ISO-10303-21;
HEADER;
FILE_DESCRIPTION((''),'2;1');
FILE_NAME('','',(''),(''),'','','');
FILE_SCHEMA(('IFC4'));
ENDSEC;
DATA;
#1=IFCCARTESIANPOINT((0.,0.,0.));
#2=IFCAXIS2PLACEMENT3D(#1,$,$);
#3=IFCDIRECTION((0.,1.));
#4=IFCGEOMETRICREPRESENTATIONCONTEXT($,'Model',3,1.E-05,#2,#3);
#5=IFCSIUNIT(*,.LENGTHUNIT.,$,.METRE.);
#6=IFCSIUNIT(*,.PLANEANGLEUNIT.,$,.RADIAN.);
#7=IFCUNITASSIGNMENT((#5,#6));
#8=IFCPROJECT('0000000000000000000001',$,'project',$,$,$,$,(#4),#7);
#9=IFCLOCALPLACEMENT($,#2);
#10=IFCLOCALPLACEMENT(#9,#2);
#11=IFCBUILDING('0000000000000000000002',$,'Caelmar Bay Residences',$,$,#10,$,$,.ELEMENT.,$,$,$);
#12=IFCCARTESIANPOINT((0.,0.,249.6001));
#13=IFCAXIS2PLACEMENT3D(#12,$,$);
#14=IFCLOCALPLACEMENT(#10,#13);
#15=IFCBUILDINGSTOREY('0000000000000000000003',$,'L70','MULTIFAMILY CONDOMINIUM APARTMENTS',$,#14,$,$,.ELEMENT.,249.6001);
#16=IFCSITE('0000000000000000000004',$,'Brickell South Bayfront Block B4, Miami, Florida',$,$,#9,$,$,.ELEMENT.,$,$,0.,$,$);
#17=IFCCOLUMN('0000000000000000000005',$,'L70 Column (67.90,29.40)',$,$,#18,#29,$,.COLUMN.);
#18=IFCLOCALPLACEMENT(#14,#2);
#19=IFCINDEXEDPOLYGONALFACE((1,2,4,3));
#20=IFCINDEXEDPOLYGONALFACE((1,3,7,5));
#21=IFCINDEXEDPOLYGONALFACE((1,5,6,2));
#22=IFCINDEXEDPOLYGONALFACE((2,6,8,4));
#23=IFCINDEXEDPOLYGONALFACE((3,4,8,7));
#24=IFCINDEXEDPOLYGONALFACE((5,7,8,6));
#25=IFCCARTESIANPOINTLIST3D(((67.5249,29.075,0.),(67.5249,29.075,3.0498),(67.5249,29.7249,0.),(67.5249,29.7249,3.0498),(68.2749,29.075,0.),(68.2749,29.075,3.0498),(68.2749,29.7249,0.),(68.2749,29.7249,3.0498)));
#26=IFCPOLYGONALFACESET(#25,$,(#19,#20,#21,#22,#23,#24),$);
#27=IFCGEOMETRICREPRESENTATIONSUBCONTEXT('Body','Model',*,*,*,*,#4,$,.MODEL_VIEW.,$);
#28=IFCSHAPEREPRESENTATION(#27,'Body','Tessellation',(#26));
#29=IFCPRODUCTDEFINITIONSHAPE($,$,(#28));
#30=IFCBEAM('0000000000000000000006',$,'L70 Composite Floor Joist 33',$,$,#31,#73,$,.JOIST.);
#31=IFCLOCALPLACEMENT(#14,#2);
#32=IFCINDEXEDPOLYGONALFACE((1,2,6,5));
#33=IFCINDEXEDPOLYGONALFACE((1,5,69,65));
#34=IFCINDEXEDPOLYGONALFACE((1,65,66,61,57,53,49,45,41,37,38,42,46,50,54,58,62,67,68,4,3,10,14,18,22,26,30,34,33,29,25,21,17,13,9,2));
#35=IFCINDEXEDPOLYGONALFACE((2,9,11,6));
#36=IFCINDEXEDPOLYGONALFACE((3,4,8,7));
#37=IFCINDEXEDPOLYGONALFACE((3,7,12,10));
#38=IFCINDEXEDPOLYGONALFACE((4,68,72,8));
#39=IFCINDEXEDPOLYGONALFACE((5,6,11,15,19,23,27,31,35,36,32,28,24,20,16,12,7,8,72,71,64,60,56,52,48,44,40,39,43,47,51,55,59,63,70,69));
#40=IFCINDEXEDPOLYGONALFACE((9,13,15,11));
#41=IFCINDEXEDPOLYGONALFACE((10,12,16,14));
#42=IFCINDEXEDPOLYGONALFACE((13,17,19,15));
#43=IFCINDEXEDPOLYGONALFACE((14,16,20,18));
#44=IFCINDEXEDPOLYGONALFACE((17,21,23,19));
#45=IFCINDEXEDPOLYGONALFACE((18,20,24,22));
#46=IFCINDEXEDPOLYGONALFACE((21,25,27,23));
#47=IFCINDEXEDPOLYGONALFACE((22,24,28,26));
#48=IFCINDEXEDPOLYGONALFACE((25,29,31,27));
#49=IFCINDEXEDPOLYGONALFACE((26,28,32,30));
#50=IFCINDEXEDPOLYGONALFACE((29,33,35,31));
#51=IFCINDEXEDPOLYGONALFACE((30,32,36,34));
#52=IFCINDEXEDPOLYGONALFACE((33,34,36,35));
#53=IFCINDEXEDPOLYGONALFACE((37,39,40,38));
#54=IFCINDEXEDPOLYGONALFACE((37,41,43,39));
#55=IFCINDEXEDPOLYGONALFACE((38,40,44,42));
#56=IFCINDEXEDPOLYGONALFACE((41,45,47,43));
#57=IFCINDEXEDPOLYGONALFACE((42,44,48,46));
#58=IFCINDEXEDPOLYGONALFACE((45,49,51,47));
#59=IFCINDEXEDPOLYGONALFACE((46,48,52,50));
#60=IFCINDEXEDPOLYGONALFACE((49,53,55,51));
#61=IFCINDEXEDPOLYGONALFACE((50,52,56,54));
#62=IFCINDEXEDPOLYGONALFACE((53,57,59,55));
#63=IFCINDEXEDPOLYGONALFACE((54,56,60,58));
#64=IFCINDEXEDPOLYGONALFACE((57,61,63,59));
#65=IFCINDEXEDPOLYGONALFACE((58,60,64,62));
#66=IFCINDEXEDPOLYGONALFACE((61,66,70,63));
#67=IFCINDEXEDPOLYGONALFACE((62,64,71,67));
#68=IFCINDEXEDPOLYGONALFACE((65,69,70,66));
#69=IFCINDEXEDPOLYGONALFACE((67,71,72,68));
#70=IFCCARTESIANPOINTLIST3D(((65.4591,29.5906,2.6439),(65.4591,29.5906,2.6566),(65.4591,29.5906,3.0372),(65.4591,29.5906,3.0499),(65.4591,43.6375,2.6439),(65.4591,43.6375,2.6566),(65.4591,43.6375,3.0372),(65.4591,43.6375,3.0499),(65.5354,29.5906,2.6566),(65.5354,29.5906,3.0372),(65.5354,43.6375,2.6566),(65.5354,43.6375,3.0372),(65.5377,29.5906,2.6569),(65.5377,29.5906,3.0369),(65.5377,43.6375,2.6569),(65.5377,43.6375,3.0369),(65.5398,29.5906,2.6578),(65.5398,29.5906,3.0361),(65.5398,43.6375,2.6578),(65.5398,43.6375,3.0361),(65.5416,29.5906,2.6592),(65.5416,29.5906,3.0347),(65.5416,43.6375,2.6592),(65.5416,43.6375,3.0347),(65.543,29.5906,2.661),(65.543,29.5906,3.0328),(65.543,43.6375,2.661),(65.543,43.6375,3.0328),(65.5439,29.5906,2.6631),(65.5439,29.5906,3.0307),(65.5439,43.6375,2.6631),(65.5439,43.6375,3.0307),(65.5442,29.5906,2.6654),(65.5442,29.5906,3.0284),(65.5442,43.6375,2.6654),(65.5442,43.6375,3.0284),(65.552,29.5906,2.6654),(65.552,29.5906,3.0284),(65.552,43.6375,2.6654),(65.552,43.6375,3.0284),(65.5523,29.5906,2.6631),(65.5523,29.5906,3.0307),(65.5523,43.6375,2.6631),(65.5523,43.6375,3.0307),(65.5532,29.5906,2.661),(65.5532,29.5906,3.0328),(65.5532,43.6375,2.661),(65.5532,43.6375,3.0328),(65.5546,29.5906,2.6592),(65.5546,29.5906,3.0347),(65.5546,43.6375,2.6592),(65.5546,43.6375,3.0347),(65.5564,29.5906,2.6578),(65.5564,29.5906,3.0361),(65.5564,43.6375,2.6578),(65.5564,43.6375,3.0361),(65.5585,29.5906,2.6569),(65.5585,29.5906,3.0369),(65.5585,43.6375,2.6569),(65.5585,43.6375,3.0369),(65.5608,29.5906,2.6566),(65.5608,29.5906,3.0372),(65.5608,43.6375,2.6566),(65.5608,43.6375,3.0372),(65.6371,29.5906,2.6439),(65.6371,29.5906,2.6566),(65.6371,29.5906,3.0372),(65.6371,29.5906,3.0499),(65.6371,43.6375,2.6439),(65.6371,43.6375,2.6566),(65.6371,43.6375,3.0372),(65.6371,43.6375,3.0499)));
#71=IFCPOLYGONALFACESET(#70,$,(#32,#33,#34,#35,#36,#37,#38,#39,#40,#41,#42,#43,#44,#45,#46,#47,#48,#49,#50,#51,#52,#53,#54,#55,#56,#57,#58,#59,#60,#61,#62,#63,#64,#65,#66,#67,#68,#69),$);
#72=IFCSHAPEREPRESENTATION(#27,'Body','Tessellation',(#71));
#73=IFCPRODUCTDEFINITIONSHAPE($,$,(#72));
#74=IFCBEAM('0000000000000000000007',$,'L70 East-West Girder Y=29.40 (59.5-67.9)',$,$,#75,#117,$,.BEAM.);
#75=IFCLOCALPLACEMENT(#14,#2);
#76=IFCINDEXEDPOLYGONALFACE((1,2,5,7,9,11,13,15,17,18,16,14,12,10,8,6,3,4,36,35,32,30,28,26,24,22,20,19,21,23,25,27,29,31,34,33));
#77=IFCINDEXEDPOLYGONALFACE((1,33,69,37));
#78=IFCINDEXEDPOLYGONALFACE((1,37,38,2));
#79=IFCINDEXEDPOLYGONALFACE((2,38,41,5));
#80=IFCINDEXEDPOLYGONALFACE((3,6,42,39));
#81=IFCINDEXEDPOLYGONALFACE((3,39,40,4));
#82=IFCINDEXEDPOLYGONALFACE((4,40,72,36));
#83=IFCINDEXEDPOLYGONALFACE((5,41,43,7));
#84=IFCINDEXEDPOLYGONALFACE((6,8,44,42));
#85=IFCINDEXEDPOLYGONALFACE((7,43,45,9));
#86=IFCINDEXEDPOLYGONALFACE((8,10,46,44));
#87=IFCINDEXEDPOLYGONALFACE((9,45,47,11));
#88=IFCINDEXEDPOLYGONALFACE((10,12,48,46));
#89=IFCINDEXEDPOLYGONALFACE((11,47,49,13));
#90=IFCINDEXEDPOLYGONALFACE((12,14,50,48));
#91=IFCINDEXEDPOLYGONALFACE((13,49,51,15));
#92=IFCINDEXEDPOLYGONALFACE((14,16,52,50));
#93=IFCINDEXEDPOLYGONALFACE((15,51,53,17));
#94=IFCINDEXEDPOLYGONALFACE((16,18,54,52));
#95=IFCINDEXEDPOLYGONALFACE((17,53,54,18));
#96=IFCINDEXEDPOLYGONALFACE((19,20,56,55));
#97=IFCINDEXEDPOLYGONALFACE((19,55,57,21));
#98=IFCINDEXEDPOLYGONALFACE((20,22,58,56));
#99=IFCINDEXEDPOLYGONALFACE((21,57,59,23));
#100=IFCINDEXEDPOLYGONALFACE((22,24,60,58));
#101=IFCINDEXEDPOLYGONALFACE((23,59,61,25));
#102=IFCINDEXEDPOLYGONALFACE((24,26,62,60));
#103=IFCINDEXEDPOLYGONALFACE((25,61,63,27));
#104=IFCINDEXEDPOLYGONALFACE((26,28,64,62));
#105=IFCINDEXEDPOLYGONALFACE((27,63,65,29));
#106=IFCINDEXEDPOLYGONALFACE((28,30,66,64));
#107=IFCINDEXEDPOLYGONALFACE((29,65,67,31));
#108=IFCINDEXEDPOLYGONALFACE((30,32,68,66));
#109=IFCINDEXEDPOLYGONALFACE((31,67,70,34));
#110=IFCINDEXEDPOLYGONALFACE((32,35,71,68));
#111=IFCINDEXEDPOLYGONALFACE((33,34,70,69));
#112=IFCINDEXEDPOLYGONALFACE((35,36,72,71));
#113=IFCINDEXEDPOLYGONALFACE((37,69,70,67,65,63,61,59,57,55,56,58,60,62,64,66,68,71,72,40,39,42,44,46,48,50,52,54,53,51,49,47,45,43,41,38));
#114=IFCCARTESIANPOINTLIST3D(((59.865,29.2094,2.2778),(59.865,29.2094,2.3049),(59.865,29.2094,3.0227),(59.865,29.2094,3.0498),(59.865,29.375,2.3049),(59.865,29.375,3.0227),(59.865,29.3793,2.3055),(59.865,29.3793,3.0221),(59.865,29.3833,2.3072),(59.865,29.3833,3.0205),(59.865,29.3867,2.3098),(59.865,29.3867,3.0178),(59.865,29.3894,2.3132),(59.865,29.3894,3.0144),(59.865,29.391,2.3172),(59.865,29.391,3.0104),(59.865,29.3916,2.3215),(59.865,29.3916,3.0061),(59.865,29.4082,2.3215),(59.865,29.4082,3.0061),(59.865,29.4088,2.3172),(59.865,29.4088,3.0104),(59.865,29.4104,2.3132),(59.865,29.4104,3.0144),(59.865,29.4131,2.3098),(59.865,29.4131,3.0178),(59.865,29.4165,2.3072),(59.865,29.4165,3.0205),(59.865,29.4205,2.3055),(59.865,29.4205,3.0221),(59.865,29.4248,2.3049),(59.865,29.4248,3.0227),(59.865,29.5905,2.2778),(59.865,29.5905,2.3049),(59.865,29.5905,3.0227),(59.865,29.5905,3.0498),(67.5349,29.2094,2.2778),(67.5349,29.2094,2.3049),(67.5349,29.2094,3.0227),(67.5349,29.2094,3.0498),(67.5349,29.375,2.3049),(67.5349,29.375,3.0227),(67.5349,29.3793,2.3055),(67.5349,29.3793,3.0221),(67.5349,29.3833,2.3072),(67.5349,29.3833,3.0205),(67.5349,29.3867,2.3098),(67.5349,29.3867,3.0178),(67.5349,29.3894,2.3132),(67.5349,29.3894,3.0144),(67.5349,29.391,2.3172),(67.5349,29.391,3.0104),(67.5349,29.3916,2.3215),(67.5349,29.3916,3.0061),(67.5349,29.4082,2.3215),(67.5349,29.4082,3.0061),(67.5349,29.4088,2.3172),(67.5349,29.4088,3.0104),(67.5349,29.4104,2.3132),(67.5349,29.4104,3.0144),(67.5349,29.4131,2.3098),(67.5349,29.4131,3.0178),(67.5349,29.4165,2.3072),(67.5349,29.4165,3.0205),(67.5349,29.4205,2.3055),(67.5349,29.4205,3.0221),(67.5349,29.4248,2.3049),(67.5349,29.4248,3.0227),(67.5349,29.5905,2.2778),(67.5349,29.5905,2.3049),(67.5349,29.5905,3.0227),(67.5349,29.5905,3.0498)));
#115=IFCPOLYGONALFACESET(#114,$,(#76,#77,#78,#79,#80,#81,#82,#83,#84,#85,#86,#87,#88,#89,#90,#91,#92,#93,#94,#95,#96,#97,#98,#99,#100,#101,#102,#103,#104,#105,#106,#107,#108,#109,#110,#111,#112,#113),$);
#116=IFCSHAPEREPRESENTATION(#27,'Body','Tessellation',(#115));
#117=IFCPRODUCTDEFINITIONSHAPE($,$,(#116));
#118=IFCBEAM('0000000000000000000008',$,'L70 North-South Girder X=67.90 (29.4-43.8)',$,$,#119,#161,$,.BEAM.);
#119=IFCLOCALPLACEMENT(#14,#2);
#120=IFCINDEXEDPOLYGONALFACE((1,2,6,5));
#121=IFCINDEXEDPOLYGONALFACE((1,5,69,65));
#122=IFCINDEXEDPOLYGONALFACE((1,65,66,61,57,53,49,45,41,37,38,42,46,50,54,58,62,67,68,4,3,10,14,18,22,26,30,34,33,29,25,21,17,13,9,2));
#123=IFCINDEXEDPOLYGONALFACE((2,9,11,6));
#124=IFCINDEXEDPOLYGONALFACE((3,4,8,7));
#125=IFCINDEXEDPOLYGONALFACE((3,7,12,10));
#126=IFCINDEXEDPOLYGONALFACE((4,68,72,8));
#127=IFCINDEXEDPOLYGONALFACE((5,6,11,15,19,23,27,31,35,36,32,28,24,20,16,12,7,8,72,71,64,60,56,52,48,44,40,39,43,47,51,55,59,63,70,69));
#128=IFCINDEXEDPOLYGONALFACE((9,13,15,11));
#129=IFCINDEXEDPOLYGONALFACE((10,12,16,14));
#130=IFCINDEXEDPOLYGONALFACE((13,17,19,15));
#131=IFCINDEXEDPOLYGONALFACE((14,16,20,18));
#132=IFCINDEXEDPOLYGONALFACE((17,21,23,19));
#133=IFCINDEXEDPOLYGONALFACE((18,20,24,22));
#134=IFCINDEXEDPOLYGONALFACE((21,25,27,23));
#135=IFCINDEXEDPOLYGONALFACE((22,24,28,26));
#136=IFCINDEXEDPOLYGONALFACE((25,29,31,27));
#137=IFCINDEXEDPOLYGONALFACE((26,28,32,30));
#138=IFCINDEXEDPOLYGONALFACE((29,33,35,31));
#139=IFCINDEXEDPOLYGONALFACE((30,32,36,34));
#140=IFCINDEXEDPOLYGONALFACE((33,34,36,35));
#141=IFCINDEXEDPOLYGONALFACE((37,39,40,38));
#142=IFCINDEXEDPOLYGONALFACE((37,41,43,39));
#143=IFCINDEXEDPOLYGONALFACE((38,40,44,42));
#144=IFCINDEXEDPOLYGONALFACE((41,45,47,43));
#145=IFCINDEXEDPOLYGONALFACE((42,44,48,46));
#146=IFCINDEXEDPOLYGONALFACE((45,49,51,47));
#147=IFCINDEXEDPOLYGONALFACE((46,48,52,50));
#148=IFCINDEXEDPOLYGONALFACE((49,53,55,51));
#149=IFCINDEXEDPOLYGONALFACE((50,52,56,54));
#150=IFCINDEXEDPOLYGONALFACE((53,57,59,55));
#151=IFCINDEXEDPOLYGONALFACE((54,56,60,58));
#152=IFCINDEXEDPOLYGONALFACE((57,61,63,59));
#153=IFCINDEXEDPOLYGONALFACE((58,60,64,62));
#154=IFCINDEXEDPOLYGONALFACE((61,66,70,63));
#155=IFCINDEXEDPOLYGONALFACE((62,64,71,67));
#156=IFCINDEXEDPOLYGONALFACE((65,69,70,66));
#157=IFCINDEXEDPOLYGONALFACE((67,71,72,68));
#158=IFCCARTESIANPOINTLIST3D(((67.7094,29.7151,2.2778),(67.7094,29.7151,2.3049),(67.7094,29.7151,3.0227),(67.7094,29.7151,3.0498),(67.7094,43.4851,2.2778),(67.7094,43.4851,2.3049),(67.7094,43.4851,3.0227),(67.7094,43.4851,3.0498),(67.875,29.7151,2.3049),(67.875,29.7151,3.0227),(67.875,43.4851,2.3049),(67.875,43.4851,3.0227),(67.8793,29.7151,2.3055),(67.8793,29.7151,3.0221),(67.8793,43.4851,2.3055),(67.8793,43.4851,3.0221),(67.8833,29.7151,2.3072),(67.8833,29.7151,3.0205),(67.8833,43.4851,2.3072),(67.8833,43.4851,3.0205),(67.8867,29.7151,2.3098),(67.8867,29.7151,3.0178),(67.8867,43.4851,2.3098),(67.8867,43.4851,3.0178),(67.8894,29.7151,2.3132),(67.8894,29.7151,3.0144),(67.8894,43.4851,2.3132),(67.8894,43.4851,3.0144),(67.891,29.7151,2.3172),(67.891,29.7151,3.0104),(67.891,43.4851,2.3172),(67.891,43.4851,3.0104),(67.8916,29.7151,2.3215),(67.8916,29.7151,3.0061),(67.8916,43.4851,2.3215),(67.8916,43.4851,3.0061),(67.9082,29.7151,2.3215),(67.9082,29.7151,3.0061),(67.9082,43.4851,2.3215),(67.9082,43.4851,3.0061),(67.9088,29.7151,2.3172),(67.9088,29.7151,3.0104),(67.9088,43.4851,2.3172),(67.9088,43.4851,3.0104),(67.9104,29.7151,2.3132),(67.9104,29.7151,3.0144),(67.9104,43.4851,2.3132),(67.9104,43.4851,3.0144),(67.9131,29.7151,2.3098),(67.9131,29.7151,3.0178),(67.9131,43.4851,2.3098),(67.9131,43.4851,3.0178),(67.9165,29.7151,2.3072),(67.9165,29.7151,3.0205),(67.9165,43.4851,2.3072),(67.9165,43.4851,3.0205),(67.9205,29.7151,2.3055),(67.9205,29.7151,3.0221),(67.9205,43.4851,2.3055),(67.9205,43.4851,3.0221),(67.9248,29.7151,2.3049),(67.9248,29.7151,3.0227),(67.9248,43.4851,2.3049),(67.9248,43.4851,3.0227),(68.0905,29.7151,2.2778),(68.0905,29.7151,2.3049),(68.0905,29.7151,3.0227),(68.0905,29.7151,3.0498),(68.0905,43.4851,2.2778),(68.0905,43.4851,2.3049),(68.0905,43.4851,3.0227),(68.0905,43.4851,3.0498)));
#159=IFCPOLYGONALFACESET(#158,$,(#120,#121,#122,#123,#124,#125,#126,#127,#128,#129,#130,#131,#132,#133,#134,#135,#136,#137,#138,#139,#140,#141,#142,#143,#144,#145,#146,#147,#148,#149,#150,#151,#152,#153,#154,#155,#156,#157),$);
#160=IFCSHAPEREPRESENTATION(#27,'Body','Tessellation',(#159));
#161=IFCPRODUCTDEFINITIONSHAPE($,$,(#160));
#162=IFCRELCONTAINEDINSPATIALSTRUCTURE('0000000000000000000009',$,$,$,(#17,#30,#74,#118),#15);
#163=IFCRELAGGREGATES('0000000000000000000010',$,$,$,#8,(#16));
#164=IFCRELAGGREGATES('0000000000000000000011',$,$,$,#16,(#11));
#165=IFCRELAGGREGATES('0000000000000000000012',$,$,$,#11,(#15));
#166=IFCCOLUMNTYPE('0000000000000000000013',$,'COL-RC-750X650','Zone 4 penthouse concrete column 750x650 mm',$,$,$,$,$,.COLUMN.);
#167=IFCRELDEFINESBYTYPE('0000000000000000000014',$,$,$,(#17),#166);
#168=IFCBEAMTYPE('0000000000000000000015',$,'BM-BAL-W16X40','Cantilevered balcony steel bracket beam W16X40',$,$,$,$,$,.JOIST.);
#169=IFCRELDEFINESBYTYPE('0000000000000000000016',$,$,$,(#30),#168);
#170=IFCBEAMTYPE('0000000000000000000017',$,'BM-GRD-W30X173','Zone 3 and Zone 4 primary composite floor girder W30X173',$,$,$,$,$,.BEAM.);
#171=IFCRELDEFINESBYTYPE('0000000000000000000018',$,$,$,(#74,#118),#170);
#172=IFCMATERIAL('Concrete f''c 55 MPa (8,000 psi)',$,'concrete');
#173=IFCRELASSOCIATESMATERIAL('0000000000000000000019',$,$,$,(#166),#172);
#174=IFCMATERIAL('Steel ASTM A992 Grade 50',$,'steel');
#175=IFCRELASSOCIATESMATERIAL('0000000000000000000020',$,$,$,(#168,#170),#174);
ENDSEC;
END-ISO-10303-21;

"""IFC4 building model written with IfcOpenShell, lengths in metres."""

from ifc_helpers import new_model, si_unit, direction, frame, origin, origin_2d, place, context, subcontext, project, spatial, rectangle, i_section, extrude, material, material_profile, profile_set, type_object, element, save


model = new_model("IFC4")

# Units and contexts
model_context = context("Model", 3, precision=1e-05, world=origin(), true_north=direction((0.0, 1.0)))
body_context = subcontext(model_context, "Body", "Model", "MODEL_VIEW")
ifc_project = project(units=[si_unit("LENGTHUNIT", "METRE"), si_unit("PLANEANGLEUNIT", "RADIAN")], contexts=[model_context])

# Site, building, storey
site_placement = place(None, origin())
site = spatial("IfcSite", under=ifc_project, at=site_placement, Name="Brickell South Bayfront Block B4, Miami, Florida", CompositionType="ELEMENT", RefElevation=0.0)
building_placement = place(site_placement, origin())
building = spatial("IfcBuilding", under=site, at=building_placement, Name="Caelmar Bay Residences", CompositionType="ELEMENT")
storey_placement = place(building_placement, frame((0.0, 0.0, 249.6001)))
storey = spatial("IfcBuildingStorey", under=building, at=storey_placement, Name="L70", Description="MULTIFAMILY CONDOMINIUM APARTMENTS", CompositionType="ELEMENT", Elevation=249.6001)

# Column
ifc_material_1 = material(Name="Concrete f'c 55 MPa (8,000 psi)", Category="concrete")
ifc_material_profile_1 = material_profile(ifc_material_1, rectangle(XDim=0.75, YDim=0.6499, at=origin_2d()), Name="RC-COL-750X650")
ifc_profile_set_1 = profile_set([ifc_material_profile_1], Name="Concrete f'c 55 MPa (8,000 psi)")
column_type = type_object("IfcColumnType", Name="COL-RC-750X650", Description="Zone 4 penthouse concrete column 750x650 mm", PredefinedType="COLUMN", material=ifc_profile_set_1)
column_placement = place(storey_placement, frame((67.8999, 29.3999, 0.0), z_axis=(0.0, 0.0, 1.0), x_axis=(1.0, 0.0, 0.0)))
element("IfcColumn", 1, at=column_placement, inside=storey, type_object=column_type, Name="L70 Column (67.90,29.40)", PredefinedType="COLUMN", context=body_context, shape_type="SweptSolid", body=[
    extrude(rectangle(XDim=0.75, YDim=0.6499, at=origin_2d()), origin(), (0.0, 0.0, 1.0), 3.0498),
])

# Beams
ifc_material_2 = material(Name="Steel ASTM A992 Grade 50", Category="steel")
ifc_material_profile_2 = material_profile(ifc_material_2, i_section(OverallWidth=0.178, OverallDepth=0.406, WebThickness=0.0078, FlangeThickness=0.0127, FilletRadius=0.0088, at=origin_2d()), Name="W16X40")
ifc_profile_set_2 = profile_set([ifc_material_profile_2], Name="Steel ASTM A992 Grade 50")
beam_type_1 = type_object("IfcBeamType", Name="BM-BAL-W16X40", Description="Cantilevered balcony steel bracket beam W16X40", PredefinedType="JOIST", material=ifc_profile_set_2)
beam_1_placement = place(storey_placement, frame((65.5481, 29.5906, 2.8469), z_axis=(0.0, 1.0, 0.0), x_axis=(-1.0, 0.0, 0.0)))
element("IfcBeam", 2, at=beam_1_placement, inside=storey, type_object=beam_type_1, Name="L70 Composite Floor Joist 33", PredefinedType="JOIST", context=body_context, shape_type="SweptSolid", body=[
    extrude(i_section(OverallWidth=0.178, OverallDepth=0.406, WebThickness=0.0078, FlangeThickness=0.0127, FilletRadius=0.0088, at=origin_2d()), origin(), (0.0, 0.0, 1.0), 14.0469),
])
ifc_material_profile_3 = material_profile(ifc_material_2, i_section(OverallWidth=0.3811, OverallDepth=0.772, WebThickness=0.0166, FlangeThickness=0.0271, FilletRadius=0.0166, at=origin_2d()), Name="W30X173")
ifc_profile_set_3 = profile_set([ifc_material_profile_3], Name="Steel ASTM A992 Grade 50")
beam_type_2 = type_object("IfcBeamType", Name="BM-GRD-W30X173", Description="Zone 3 and Zone 4 primary composite floor girder W30X173", PredefinedType="BEAM", material=ifc_profile_set_3)
beam_2_placement = place(storey_placement, frame((59.865, 29.3999, 2.6638), z_axis=(1.0, 0.0, 0.0), x_axis=(0.0, 1.0, 0.0)))
element("IfcBeam", 3, at=beam_2_placement, inside=storey, type_object=beam_type_2, Name="L70 East-West Girder Y=29.40 (59.5-67.9)", PredefinedType="BEAM", context=body_context, shape_type="SweptSolid", body=[
    extrude(i_section(OverallWidth=0.3811, OverallDepth=0.772, WebThickness=0.0166, FlangeThickness=0.0271, FilletRadius=0.0166, at=origin_2d()), origin(), (0.0, 0.0, 1.0), 7.6699),
])
beam_3_placement = place(storey_placement, frame((67.8999, 29.7151, 2.6638), z_axis=(0.0, 1.0, 0.0), x_axis=(-1.0, 0.0, 0.0)))
element("IfcBeam", 4, at=beam_3_placement, inside=storey, type_object=beam_type_2, Name="L70 North-South Girder X=67.90 (29.4-43.8)", PredefinedType="BEAM", context=body_context, shape_type="SweptSolid", body=[
    extrude(i_section(OverallWidth=0.3811, OverallDepth=0.772, WebThickness=0.0166, FlangeThickness=0.0271, FilletRadius=0.0166, at=origin_2d()), origin(), (0.0, 0.0, 1.0), 13.77),
])

save(model, "model.ifc")
